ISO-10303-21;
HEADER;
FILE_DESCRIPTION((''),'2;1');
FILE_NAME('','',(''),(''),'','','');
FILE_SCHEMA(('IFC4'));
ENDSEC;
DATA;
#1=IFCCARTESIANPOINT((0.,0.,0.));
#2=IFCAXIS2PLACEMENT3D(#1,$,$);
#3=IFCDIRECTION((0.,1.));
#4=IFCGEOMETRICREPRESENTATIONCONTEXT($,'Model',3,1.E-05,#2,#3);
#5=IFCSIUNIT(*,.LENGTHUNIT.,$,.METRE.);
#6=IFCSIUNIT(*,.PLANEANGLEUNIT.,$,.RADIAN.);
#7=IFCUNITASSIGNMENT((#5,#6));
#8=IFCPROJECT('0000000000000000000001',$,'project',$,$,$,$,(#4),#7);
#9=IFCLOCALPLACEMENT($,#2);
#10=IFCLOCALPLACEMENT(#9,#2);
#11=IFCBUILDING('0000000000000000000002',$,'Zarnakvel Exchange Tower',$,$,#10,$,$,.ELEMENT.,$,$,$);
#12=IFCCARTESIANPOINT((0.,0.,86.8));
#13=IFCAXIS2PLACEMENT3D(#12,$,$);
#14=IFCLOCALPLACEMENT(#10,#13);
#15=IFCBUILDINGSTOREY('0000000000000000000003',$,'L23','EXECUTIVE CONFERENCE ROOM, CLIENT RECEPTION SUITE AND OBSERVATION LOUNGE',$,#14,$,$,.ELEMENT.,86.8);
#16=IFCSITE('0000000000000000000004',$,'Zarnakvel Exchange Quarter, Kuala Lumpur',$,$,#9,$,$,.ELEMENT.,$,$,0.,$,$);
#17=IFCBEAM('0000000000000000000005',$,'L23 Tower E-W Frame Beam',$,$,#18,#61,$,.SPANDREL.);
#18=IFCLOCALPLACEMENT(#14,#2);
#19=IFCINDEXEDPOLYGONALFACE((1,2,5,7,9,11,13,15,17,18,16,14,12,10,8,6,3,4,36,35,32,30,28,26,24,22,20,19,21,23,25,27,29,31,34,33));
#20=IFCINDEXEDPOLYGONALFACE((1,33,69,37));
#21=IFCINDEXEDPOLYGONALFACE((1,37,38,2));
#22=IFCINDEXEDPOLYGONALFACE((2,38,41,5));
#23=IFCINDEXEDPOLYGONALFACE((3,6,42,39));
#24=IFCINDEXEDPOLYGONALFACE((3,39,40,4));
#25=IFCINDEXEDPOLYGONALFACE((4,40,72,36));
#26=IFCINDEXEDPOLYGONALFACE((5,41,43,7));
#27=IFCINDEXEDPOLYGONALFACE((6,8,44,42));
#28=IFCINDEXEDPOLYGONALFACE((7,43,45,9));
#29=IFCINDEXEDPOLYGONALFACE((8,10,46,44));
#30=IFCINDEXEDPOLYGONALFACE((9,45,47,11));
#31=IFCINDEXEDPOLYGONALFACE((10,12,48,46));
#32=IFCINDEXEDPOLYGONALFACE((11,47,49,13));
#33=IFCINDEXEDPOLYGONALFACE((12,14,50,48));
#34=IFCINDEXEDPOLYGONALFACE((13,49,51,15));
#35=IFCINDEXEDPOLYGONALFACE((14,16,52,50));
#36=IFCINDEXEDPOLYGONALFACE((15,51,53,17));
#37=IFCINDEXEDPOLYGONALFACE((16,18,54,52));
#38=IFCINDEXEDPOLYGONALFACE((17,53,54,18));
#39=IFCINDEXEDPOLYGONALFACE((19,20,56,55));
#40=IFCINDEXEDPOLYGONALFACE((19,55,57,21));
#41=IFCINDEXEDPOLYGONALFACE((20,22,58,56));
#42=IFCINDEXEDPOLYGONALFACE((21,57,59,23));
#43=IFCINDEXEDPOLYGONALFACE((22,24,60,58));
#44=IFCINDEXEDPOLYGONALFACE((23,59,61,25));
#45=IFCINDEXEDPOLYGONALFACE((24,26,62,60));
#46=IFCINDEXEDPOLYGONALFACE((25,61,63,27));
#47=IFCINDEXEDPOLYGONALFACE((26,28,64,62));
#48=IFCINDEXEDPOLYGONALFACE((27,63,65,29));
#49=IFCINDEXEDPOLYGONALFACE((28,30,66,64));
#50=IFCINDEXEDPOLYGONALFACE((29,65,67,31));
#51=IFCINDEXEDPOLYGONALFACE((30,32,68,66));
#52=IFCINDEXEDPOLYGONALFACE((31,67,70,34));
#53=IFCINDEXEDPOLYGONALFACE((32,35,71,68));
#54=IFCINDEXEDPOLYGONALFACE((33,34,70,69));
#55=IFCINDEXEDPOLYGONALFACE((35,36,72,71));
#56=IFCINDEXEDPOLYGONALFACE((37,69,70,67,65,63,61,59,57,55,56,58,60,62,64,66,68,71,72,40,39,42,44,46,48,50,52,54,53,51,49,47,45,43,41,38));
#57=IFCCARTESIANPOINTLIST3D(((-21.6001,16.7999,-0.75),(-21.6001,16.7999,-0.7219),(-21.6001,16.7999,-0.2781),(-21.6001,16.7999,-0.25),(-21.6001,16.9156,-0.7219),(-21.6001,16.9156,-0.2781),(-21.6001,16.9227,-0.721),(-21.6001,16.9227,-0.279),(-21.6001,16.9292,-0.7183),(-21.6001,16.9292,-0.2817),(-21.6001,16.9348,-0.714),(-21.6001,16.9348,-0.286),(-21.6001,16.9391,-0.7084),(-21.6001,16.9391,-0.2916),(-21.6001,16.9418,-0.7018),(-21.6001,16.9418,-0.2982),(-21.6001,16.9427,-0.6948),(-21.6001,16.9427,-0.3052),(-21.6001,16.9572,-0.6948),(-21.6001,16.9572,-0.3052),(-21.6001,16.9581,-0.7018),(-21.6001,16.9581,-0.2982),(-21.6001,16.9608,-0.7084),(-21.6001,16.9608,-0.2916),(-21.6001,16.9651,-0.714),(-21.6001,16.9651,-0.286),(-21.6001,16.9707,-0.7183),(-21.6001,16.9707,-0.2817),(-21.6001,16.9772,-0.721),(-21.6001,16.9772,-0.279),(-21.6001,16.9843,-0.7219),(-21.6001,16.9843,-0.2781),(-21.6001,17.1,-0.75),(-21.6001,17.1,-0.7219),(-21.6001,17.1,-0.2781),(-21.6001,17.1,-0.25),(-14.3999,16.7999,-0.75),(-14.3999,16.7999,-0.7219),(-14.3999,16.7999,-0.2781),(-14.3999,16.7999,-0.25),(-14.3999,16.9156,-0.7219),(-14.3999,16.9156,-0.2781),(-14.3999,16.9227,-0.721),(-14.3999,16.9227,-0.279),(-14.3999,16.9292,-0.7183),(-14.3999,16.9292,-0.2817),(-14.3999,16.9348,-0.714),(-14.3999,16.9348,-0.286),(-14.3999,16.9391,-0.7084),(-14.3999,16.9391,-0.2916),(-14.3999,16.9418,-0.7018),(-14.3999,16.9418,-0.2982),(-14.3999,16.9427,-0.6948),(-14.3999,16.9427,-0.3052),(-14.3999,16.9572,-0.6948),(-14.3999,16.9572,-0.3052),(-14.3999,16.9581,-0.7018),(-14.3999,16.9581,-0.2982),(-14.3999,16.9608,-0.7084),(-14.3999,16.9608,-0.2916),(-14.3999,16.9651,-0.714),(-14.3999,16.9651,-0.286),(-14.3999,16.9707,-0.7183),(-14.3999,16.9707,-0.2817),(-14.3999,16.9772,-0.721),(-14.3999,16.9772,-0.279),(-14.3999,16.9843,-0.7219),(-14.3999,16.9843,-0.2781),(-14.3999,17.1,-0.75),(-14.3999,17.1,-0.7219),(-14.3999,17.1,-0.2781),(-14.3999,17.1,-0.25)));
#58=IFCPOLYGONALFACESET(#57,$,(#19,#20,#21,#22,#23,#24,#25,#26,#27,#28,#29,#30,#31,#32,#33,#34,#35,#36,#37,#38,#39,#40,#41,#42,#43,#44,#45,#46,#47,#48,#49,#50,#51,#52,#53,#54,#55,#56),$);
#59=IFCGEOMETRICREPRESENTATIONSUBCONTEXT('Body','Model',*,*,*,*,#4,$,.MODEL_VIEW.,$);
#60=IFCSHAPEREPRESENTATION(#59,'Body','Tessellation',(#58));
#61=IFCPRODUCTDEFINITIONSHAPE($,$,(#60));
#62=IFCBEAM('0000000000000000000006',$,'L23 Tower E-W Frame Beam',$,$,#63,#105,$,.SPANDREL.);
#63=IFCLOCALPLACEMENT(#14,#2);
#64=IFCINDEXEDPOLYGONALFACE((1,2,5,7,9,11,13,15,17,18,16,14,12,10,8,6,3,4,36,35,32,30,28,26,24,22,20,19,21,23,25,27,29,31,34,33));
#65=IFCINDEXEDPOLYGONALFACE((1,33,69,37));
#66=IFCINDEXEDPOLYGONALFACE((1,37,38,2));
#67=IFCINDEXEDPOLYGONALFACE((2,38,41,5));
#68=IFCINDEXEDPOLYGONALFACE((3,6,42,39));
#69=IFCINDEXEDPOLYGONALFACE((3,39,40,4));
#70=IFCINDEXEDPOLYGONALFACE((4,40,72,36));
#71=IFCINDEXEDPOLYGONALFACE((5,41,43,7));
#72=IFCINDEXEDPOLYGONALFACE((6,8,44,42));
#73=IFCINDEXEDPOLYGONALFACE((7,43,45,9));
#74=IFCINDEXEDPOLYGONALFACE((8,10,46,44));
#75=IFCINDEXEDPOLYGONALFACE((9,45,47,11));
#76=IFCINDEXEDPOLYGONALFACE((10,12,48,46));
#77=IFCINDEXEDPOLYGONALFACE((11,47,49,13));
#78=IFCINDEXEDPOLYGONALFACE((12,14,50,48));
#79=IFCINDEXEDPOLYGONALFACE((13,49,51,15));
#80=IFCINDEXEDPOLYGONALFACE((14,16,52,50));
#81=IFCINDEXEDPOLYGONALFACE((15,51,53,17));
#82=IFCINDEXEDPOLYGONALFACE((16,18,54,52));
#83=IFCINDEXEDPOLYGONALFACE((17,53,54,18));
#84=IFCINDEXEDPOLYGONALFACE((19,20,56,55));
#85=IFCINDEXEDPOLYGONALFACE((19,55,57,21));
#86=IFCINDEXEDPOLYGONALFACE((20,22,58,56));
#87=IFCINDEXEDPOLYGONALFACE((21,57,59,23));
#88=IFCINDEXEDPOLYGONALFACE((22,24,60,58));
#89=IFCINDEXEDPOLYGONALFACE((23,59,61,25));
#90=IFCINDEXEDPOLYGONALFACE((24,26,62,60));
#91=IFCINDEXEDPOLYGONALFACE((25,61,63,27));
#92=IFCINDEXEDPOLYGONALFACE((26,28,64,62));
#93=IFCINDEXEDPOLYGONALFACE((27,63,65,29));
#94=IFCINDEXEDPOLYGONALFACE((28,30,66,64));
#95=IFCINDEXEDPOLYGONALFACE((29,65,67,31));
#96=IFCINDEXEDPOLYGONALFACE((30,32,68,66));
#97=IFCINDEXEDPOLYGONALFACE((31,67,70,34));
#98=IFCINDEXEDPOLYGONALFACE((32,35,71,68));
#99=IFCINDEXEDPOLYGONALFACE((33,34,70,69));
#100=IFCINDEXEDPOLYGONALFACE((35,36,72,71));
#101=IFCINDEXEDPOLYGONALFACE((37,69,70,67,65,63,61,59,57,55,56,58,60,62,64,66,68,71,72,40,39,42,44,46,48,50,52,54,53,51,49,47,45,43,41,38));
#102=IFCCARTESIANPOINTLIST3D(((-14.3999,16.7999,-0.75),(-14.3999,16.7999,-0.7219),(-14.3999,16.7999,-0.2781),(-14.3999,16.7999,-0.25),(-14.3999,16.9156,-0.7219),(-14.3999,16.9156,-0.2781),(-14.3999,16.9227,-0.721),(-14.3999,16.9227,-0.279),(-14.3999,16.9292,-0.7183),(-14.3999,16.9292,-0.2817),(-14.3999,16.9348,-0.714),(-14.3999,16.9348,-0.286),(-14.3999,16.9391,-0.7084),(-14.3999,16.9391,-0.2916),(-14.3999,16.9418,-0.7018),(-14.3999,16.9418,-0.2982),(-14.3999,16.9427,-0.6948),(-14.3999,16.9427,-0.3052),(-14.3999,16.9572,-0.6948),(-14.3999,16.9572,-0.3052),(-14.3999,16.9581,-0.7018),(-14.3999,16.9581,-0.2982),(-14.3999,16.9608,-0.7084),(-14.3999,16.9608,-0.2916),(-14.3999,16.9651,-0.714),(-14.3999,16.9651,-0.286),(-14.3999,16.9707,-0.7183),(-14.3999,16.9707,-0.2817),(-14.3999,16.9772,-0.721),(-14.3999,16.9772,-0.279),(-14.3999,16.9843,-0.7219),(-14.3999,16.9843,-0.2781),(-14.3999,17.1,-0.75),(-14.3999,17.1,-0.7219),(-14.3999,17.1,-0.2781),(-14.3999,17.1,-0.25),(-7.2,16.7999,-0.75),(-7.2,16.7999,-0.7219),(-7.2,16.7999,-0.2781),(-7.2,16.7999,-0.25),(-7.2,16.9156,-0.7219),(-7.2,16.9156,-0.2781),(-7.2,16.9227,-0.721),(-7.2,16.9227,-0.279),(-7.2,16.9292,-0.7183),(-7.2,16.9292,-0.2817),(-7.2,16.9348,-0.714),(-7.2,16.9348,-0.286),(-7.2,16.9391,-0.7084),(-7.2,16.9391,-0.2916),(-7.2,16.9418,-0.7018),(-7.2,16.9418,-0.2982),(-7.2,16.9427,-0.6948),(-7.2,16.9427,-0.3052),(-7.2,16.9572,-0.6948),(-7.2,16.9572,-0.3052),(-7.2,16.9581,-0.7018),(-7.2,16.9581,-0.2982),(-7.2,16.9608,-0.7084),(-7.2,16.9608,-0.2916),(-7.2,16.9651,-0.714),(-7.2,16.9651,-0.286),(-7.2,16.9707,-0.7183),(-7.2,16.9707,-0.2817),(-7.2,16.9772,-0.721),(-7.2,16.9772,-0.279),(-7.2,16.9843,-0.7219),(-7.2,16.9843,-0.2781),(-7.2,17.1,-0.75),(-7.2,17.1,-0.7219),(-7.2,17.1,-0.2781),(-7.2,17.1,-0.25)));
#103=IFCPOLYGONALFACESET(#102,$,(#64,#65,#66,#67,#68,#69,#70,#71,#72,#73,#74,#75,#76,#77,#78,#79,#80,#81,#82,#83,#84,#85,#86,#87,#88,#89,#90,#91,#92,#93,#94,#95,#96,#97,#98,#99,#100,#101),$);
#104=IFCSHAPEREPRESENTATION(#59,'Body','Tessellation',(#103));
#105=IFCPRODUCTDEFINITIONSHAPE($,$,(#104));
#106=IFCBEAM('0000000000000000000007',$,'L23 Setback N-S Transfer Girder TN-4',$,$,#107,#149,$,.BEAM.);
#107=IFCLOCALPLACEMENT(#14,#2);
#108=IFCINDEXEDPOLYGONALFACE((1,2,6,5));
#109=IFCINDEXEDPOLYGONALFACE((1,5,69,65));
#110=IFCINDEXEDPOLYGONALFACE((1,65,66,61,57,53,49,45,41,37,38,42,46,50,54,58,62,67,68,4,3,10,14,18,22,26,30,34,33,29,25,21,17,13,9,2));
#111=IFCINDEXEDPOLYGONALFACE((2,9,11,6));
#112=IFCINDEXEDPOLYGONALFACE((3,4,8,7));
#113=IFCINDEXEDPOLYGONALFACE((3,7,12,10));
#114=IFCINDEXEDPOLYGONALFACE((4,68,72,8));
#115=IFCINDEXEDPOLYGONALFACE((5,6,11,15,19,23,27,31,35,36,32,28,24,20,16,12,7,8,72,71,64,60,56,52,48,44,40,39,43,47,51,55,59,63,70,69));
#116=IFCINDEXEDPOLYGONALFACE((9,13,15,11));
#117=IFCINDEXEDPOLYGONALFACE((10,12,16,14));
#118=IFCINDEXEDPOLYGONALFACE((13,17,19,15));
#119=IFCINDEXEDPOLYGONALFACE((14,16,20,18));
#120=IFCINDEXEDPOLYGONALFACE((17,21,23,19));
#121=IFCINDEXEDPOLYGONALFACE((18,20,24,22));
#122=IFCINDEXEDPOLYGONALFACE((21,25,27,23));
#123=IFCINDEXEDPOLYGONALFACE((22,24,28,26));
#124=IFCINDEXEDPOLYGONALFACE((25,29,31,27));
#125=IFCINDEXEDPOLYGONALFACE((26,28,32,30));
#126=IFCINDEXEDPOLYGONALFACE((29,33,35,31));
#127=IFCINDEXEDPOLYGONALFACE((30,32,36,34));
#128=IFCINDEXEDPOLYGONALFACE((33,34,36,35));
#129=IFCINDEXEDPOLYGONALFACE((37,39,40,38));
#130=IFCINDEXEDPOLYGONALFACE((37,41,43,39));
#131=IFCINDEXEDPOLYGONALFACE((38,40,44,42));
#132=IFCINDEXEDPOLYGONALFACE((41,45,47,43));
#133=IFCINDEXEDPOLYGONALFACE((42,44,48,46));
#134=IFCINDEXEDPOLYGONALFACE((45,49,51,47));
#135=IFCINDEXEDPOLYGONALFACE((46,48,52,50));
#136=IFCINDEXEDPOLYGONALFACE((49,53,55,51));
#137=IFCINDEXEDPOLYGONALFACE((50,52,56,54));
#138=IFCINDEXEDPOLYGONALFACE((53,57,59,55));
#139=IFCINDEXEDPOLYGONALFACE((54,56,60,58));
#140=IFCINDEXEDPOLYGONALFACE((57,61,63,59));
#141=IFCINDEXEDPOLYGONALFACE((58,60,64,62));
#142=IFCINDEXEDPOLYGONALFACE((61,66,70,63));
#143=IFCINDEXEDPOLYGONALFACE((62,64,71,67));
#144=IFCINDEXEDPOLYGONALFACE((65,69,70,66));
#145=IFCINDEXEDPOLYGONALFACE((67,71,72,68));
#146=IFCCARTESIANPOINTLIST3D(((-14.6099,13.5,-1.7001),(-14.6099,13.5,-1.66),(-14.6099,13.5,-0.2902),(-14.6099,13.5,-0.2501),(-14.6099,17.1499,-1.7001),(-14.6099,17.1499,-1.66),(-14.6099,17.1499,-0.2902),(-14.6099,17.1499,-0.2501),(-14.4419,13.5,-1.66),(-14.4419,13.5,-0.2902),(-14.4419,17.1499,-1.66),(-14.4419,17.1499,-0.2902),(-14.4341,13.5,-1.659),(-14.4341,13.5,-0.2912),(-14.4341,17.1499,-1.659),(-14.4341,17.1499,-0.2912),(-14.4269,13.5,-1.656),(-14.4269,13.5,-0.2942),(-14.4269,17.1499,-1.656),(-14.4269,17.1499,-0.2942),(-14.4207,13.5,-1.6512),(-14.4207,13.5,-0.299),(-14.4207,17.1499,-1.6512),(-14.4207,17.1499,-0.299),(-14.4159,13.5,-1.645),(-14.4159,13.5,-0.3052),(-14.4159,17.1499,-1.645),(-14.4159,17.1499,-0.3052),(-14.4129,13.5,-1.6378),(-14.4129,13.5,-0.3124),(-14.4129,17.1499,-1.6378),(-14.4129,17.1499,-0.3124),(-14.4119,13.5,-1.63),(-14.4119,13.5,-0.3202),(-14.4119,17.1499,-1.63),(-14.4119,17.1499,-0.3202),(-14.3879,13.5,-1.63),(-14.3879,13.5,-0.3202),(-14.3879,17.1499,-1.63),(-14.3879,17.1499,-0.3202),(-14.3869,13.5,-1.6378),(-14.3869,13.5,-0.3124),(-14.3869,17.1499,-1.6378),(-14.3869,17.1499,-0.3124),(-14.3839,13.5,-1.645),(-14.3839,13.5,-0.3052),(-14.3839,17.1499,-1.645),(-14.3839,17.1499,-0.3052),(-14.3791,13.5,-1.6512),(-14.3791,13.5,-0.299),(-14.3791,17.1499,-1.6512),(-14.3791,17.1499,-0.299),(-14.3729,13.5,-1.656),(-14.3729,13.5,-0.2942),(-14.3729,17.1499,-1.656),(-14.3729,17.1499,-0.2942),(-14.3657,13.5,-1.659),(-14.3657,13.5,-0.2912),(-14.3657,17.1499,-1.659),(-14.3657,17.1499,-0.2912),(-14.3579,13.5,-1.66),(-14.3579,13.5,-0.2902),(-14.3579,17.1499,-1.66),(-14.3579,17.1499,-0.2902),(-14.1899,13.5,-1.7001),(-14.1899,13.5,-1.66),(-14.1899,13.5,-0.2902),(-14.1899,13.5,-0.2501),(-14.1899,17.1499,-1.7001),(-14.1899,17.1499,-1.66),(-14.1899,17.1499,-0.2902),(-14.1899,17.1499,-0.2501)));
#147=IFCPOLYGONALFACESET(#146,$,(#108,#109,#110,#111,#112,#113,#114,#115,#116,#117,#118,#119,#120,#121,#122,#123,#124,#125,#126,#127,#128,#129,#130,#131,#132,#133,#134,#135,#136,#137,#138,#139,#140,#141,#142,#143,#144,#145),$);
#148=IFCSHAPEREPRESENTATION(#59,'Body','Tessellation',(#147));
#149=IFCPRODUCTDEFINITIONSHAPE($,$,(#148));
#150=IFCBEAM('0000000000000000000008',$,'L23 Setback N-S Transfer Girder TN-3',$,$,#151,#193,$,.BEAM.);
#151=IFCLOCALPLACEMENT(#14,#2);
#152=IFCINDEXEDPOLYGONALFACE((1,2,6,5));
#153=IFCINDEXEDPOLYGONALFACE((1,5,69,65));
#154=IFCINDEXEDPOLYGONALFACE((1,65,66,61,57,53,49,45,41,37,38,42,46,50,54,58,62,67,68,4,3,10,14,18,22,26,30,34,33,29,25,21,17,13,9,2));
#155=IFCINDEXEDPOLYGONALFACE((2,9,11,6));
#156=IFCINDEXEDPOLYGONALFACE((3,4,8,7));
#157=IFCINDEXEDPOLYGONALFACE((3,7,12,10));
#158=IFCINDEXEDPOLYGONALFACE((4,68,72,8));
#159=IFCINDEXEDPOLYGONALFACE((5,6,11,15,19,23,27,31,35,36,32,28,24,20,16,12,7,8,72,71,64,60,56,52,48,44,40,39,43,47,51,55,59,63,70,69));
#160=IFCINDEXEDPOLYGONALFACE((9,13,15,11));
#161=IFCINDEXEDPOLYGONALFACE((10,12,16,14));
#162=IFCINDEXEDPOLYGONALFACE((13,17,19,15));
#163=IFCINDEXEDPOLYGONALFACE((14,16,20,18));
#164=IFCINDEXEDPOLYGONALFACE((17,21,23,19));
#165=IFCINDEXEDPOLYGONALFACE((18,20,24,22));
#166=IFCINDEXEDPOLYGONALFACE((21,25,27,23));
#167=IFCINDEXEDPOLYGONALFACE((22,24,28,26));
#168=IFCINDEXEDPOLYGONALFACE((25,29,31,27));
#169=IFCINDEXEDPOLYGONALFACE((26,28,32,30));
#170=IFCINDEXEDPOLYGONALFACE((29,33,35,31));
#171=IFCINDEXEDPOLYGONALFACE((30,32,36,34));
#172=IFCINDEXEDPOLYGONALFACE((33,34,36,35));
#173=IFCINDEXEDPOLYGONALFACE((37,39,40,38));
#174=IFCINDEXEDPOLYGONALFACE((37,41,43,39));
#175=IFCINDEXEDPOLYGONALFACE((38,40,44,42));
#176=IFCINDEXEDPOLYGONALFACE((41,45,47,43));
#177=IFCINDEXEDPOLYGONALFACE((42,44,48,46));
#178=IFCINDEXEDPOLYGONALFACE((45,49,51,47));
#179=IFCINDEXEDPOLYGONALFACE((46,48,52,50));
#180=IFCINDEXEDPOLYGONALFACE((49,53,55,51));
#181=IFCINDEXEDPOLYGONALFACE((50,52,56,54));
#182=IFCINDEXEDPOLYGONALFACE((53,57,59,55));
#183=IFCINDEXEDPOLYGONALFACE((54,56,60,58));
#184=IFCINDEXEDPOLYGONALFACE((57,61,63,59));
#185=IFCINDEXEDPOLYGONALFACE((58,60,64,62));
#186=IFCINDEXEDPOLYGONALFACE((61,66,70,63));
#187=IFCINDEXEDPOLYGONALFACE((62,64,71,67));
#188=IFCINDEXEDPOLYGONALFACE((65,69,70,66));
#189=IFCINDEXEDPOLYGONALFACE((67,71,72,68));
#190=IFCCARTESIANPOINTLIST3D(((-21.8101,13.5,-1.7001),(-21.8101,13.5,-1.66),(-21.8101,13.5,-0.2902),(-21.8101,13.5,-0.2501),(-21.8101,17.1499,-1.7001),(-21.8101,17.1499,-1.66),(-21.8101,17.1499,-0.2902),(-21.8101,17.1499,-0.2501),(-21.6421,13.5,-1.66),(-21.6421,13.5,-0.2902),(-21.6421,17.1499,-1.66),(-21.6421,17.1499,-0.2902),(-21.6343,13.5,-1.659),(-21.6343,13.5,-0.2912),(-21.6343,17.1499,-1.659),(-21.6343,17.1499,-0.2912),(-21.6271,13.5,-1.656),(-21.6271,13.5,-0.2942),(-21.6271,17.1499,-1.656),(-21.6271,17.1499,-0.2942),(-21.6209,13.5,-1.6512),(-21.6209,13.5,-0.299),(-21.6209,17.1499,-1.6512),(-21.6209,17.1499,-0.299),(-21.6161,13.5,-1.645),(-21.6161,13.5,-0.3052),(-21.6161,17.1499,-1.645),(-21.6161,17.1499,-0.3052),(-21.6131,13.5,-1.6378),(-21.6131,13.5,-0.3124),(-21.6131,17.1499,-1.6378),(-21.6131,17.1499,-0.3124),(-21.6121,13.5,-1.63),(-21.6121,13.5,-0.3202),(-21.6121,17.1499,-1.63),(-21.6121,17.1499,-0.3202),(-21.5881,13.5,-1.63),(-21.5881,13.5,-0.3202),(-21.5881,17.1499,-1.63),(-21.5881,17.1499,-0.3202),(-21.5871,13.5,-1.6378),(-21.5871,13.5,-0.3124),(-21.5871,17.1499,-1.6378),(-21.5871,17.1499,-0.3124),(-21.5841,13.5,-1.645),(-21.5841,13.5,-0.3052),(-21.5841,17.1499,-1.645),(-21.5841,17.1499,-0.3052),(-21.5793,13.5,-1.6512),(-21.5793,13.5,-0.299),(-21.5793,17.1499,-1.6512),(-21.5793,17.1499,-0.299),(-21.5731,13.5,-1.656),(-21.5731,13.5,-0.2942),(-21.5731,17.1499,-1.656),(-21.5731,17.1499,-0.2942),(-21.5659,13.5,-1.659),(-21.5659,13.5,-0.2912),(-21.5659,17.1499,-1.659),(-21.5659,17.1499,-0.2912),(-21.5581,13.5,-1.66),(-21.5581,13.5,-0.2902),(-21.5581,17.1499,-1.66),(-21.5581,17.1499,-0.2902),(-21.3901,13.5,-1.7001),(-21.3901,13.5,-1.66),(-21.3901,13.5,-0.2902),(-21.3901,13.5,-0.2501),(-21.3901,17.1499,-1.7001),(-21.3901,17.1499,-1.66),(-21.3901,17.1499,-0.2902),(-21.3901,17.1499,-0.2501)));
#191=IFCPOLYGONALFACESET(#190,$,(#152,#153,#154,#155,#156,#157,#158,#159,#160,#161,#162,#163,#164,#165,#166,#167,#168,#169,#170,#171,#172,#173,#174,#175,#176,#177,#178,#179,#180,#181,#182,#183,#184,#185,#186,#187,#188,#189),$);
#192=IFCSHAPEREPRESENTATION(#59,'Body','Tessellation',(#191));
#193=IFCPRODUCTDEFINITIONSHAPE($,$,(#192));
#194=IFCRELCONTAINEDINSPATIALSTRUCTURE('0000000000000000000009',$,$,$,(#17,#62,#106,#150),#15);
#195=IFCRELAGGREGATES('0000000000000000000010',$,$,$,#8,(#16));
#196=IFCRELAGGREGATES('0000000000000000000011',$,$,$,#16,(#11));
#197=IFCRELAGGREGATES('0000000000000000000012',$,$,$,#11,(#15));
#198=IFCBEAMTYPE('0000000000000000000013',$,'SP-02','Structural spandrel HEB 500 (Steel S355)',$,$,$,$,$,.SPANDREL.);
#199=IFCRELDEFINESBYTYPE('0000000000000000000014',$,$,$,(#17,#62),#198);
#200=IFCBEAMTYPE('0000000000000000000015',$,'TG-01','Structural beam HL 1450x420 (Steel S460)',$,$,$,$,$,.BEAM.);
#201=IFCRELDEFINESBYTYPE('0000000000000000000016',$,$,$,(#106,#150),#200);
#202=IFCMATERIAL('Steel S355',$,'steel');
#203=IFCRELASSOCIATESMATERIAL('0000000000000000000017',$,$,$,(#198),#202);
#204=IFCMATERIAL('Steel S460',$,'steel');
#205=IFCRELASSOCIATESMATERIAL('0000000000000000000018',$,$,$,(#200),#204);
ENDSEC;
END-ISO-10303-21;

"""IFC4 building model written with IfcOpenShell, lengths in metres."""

from ifc_helpers import new_model, si_unit, direction, frame, origin, origin_2d, place, context, subcontext, project, spatial, i_section, extrude, material, material_profile, profile_set, type_object, element, save


model = new_model("IFC4")

# Units and contexts
model_context = context("Model", 3, precision=1e-05, world=origin(), true_north=direction((0.0, 1.0)))
body_context = subcontext(model_context, "Body", "Model", "MODEL_VIEW")
ifc_project = project(units=[si_unit("LENGTHUNIT", "METRE"), si_unit("PLANEANGLEUNIT", "RADIAN")], contexts=[model_context])

# Site, building, storey
site_placement = place(None, origin())
site = spatial("IfcSite", under=ifc_project, at=site_placement, Name="Zarnakvel Exchange Quarter, Kuala Lumpur", CompositionType="ELEMENT", RefElevation=0.0)
building_placement = place(site_placement, origin())
building = spatial("IfcBuilding", under=site, at=building_placement, Name="Zarnakvel Exchange Tower", CompositionType="ELEMENT")
storey_placement = place(building_placement, frame((0.0, 0.0, 86.8)))
storey = spatial("IfcBuildingStorey", under=building, at=storey_placement, Name="L23", Description="EXECUTIVE CONFERENCE ROOM, CLIENT RECEPTION SUITE AND OBSERVATION LOUNGE", CompositionType="ELEMENT", Elevation=86.8)

# Beams
ifc_material_1 = material(Name="Steel S355", Category="steel")
ifc_material_profile_1 = material_profile(ifc_material_1, i_section(OverallWidth=0.3, OverallDepth=0.5, WebThickness=0.0144, FlangeThickness=0.0281, FilletRadius=0.0271, at=origin_2d()))
ifc_profile_set_1 = profile_set([ifc_material_profile_1], Name="Steel S355")
beam_type_1 = type_object("IfcBeamType", Name="SP-02", Description="Structural spandrel HEB 500 (Steel S355)", PredefinedType="SPANDREL", material=ifc_profile_set_1)
beam_1_placement = place(storey_placement, frame((-21.6001, 16.95, -0.5), z_axis=(1.0, 0.0, 0.0), x_axis=(0.0, 1.0, 0.0)))
element("IfcBeam", 1, at=beam_1_placement, inside=storey, type_object=beam_type_1, Name="L23 Tower E-W Frame Beam", PredefinedType="SPANDREL", context=body_context, shape_type="SweptSolid", body=[
    extrude(i_section(OverallWidth=0.3, OverallDepth=0.5, WebThickness=0.0144, FlangeThickness=0.0281, FilletRadius=0.0271, at=origin_2d()), origin(), (0.0, 0.0, 1.0), 7.2002),
])
beam_2_placement = place(storey_placement, frame((-14.3999, 16.95, -0.5), z_axis=(1.0, 0.0, 0.0), x_axis=(0.0, 1.0, 0.0)))
element("IfcBeam", 2, at=beam_2_placement, inside=storey, type_object=beam_type_1, Name="L23 Tower E-W Frame Beam", PredefinedType="SPANDREL", context=body_context, shape_type="SweptSolid", body=[
    extrude(i_section(OverallWidth=0.3, OverallDepth=0.5, WebThickness=0.0144, FlangeThickness=0.0281, FilletRadius=0.0271, at=origin_2d()), origin(), (0.0, 0.0, 1.0), 7.2),
])
ifc_material_2 = material(Name="Steel S460", Category="steel")
ifc_material_profile_2 = material_profile(ifc_material_2, i_section(OverallWidth=0.4199, OverallDepth=1.45, WebThickness=0.0239, FlangeThickness=0.04, FilletRadius=0.03, at=origin_2d()))
ifc_profile_set_2 = profile_set([ifc_material_profile_2], Name="Steel S460")
beam_type_2 = type_object("IfcBeamType", Name="TG-01", Description="Structural beam HL 1450x420 (Steel S460)", PredefinedType="BEAM", material=ifc_profile_set_2)
for number, where, z_axis, x_axis, name in (
    (3, (-14.3999, 13.5, -0.9751), (0.0, 1.0, 0.0), (-1.0, 0.0, 0.0), "L23 Setback N-S Transfer Girder TN-4"),
    (4, (-21.6001, 13.5, -0.9751), (0.0, 1.0, 0.0), (-1.0, 0.0, 0.0), "L23 Setback N-S Transfer Girder TN-3"),
):
    element("IfcBeam", number, at=place(storey_placement, frame(where, z_axis=z_axis, x_axis=x_axis)), inside=storey, type_object=beam_type_2, Name=name, PredefinedType="BEAM", context=body_context, shape_type="SweptSolid", body=[
        extrude(i_section(OverallWidth=0.4199, OverallDepth=1.45, WebThickness=0.0239, FlangeThickness=0.04, FilletRadius=0.03, at=origin_2d()), origin(), (0.0, 0.0, 1.0), 3.6499),
    ])

save(model, "model.ifc")
